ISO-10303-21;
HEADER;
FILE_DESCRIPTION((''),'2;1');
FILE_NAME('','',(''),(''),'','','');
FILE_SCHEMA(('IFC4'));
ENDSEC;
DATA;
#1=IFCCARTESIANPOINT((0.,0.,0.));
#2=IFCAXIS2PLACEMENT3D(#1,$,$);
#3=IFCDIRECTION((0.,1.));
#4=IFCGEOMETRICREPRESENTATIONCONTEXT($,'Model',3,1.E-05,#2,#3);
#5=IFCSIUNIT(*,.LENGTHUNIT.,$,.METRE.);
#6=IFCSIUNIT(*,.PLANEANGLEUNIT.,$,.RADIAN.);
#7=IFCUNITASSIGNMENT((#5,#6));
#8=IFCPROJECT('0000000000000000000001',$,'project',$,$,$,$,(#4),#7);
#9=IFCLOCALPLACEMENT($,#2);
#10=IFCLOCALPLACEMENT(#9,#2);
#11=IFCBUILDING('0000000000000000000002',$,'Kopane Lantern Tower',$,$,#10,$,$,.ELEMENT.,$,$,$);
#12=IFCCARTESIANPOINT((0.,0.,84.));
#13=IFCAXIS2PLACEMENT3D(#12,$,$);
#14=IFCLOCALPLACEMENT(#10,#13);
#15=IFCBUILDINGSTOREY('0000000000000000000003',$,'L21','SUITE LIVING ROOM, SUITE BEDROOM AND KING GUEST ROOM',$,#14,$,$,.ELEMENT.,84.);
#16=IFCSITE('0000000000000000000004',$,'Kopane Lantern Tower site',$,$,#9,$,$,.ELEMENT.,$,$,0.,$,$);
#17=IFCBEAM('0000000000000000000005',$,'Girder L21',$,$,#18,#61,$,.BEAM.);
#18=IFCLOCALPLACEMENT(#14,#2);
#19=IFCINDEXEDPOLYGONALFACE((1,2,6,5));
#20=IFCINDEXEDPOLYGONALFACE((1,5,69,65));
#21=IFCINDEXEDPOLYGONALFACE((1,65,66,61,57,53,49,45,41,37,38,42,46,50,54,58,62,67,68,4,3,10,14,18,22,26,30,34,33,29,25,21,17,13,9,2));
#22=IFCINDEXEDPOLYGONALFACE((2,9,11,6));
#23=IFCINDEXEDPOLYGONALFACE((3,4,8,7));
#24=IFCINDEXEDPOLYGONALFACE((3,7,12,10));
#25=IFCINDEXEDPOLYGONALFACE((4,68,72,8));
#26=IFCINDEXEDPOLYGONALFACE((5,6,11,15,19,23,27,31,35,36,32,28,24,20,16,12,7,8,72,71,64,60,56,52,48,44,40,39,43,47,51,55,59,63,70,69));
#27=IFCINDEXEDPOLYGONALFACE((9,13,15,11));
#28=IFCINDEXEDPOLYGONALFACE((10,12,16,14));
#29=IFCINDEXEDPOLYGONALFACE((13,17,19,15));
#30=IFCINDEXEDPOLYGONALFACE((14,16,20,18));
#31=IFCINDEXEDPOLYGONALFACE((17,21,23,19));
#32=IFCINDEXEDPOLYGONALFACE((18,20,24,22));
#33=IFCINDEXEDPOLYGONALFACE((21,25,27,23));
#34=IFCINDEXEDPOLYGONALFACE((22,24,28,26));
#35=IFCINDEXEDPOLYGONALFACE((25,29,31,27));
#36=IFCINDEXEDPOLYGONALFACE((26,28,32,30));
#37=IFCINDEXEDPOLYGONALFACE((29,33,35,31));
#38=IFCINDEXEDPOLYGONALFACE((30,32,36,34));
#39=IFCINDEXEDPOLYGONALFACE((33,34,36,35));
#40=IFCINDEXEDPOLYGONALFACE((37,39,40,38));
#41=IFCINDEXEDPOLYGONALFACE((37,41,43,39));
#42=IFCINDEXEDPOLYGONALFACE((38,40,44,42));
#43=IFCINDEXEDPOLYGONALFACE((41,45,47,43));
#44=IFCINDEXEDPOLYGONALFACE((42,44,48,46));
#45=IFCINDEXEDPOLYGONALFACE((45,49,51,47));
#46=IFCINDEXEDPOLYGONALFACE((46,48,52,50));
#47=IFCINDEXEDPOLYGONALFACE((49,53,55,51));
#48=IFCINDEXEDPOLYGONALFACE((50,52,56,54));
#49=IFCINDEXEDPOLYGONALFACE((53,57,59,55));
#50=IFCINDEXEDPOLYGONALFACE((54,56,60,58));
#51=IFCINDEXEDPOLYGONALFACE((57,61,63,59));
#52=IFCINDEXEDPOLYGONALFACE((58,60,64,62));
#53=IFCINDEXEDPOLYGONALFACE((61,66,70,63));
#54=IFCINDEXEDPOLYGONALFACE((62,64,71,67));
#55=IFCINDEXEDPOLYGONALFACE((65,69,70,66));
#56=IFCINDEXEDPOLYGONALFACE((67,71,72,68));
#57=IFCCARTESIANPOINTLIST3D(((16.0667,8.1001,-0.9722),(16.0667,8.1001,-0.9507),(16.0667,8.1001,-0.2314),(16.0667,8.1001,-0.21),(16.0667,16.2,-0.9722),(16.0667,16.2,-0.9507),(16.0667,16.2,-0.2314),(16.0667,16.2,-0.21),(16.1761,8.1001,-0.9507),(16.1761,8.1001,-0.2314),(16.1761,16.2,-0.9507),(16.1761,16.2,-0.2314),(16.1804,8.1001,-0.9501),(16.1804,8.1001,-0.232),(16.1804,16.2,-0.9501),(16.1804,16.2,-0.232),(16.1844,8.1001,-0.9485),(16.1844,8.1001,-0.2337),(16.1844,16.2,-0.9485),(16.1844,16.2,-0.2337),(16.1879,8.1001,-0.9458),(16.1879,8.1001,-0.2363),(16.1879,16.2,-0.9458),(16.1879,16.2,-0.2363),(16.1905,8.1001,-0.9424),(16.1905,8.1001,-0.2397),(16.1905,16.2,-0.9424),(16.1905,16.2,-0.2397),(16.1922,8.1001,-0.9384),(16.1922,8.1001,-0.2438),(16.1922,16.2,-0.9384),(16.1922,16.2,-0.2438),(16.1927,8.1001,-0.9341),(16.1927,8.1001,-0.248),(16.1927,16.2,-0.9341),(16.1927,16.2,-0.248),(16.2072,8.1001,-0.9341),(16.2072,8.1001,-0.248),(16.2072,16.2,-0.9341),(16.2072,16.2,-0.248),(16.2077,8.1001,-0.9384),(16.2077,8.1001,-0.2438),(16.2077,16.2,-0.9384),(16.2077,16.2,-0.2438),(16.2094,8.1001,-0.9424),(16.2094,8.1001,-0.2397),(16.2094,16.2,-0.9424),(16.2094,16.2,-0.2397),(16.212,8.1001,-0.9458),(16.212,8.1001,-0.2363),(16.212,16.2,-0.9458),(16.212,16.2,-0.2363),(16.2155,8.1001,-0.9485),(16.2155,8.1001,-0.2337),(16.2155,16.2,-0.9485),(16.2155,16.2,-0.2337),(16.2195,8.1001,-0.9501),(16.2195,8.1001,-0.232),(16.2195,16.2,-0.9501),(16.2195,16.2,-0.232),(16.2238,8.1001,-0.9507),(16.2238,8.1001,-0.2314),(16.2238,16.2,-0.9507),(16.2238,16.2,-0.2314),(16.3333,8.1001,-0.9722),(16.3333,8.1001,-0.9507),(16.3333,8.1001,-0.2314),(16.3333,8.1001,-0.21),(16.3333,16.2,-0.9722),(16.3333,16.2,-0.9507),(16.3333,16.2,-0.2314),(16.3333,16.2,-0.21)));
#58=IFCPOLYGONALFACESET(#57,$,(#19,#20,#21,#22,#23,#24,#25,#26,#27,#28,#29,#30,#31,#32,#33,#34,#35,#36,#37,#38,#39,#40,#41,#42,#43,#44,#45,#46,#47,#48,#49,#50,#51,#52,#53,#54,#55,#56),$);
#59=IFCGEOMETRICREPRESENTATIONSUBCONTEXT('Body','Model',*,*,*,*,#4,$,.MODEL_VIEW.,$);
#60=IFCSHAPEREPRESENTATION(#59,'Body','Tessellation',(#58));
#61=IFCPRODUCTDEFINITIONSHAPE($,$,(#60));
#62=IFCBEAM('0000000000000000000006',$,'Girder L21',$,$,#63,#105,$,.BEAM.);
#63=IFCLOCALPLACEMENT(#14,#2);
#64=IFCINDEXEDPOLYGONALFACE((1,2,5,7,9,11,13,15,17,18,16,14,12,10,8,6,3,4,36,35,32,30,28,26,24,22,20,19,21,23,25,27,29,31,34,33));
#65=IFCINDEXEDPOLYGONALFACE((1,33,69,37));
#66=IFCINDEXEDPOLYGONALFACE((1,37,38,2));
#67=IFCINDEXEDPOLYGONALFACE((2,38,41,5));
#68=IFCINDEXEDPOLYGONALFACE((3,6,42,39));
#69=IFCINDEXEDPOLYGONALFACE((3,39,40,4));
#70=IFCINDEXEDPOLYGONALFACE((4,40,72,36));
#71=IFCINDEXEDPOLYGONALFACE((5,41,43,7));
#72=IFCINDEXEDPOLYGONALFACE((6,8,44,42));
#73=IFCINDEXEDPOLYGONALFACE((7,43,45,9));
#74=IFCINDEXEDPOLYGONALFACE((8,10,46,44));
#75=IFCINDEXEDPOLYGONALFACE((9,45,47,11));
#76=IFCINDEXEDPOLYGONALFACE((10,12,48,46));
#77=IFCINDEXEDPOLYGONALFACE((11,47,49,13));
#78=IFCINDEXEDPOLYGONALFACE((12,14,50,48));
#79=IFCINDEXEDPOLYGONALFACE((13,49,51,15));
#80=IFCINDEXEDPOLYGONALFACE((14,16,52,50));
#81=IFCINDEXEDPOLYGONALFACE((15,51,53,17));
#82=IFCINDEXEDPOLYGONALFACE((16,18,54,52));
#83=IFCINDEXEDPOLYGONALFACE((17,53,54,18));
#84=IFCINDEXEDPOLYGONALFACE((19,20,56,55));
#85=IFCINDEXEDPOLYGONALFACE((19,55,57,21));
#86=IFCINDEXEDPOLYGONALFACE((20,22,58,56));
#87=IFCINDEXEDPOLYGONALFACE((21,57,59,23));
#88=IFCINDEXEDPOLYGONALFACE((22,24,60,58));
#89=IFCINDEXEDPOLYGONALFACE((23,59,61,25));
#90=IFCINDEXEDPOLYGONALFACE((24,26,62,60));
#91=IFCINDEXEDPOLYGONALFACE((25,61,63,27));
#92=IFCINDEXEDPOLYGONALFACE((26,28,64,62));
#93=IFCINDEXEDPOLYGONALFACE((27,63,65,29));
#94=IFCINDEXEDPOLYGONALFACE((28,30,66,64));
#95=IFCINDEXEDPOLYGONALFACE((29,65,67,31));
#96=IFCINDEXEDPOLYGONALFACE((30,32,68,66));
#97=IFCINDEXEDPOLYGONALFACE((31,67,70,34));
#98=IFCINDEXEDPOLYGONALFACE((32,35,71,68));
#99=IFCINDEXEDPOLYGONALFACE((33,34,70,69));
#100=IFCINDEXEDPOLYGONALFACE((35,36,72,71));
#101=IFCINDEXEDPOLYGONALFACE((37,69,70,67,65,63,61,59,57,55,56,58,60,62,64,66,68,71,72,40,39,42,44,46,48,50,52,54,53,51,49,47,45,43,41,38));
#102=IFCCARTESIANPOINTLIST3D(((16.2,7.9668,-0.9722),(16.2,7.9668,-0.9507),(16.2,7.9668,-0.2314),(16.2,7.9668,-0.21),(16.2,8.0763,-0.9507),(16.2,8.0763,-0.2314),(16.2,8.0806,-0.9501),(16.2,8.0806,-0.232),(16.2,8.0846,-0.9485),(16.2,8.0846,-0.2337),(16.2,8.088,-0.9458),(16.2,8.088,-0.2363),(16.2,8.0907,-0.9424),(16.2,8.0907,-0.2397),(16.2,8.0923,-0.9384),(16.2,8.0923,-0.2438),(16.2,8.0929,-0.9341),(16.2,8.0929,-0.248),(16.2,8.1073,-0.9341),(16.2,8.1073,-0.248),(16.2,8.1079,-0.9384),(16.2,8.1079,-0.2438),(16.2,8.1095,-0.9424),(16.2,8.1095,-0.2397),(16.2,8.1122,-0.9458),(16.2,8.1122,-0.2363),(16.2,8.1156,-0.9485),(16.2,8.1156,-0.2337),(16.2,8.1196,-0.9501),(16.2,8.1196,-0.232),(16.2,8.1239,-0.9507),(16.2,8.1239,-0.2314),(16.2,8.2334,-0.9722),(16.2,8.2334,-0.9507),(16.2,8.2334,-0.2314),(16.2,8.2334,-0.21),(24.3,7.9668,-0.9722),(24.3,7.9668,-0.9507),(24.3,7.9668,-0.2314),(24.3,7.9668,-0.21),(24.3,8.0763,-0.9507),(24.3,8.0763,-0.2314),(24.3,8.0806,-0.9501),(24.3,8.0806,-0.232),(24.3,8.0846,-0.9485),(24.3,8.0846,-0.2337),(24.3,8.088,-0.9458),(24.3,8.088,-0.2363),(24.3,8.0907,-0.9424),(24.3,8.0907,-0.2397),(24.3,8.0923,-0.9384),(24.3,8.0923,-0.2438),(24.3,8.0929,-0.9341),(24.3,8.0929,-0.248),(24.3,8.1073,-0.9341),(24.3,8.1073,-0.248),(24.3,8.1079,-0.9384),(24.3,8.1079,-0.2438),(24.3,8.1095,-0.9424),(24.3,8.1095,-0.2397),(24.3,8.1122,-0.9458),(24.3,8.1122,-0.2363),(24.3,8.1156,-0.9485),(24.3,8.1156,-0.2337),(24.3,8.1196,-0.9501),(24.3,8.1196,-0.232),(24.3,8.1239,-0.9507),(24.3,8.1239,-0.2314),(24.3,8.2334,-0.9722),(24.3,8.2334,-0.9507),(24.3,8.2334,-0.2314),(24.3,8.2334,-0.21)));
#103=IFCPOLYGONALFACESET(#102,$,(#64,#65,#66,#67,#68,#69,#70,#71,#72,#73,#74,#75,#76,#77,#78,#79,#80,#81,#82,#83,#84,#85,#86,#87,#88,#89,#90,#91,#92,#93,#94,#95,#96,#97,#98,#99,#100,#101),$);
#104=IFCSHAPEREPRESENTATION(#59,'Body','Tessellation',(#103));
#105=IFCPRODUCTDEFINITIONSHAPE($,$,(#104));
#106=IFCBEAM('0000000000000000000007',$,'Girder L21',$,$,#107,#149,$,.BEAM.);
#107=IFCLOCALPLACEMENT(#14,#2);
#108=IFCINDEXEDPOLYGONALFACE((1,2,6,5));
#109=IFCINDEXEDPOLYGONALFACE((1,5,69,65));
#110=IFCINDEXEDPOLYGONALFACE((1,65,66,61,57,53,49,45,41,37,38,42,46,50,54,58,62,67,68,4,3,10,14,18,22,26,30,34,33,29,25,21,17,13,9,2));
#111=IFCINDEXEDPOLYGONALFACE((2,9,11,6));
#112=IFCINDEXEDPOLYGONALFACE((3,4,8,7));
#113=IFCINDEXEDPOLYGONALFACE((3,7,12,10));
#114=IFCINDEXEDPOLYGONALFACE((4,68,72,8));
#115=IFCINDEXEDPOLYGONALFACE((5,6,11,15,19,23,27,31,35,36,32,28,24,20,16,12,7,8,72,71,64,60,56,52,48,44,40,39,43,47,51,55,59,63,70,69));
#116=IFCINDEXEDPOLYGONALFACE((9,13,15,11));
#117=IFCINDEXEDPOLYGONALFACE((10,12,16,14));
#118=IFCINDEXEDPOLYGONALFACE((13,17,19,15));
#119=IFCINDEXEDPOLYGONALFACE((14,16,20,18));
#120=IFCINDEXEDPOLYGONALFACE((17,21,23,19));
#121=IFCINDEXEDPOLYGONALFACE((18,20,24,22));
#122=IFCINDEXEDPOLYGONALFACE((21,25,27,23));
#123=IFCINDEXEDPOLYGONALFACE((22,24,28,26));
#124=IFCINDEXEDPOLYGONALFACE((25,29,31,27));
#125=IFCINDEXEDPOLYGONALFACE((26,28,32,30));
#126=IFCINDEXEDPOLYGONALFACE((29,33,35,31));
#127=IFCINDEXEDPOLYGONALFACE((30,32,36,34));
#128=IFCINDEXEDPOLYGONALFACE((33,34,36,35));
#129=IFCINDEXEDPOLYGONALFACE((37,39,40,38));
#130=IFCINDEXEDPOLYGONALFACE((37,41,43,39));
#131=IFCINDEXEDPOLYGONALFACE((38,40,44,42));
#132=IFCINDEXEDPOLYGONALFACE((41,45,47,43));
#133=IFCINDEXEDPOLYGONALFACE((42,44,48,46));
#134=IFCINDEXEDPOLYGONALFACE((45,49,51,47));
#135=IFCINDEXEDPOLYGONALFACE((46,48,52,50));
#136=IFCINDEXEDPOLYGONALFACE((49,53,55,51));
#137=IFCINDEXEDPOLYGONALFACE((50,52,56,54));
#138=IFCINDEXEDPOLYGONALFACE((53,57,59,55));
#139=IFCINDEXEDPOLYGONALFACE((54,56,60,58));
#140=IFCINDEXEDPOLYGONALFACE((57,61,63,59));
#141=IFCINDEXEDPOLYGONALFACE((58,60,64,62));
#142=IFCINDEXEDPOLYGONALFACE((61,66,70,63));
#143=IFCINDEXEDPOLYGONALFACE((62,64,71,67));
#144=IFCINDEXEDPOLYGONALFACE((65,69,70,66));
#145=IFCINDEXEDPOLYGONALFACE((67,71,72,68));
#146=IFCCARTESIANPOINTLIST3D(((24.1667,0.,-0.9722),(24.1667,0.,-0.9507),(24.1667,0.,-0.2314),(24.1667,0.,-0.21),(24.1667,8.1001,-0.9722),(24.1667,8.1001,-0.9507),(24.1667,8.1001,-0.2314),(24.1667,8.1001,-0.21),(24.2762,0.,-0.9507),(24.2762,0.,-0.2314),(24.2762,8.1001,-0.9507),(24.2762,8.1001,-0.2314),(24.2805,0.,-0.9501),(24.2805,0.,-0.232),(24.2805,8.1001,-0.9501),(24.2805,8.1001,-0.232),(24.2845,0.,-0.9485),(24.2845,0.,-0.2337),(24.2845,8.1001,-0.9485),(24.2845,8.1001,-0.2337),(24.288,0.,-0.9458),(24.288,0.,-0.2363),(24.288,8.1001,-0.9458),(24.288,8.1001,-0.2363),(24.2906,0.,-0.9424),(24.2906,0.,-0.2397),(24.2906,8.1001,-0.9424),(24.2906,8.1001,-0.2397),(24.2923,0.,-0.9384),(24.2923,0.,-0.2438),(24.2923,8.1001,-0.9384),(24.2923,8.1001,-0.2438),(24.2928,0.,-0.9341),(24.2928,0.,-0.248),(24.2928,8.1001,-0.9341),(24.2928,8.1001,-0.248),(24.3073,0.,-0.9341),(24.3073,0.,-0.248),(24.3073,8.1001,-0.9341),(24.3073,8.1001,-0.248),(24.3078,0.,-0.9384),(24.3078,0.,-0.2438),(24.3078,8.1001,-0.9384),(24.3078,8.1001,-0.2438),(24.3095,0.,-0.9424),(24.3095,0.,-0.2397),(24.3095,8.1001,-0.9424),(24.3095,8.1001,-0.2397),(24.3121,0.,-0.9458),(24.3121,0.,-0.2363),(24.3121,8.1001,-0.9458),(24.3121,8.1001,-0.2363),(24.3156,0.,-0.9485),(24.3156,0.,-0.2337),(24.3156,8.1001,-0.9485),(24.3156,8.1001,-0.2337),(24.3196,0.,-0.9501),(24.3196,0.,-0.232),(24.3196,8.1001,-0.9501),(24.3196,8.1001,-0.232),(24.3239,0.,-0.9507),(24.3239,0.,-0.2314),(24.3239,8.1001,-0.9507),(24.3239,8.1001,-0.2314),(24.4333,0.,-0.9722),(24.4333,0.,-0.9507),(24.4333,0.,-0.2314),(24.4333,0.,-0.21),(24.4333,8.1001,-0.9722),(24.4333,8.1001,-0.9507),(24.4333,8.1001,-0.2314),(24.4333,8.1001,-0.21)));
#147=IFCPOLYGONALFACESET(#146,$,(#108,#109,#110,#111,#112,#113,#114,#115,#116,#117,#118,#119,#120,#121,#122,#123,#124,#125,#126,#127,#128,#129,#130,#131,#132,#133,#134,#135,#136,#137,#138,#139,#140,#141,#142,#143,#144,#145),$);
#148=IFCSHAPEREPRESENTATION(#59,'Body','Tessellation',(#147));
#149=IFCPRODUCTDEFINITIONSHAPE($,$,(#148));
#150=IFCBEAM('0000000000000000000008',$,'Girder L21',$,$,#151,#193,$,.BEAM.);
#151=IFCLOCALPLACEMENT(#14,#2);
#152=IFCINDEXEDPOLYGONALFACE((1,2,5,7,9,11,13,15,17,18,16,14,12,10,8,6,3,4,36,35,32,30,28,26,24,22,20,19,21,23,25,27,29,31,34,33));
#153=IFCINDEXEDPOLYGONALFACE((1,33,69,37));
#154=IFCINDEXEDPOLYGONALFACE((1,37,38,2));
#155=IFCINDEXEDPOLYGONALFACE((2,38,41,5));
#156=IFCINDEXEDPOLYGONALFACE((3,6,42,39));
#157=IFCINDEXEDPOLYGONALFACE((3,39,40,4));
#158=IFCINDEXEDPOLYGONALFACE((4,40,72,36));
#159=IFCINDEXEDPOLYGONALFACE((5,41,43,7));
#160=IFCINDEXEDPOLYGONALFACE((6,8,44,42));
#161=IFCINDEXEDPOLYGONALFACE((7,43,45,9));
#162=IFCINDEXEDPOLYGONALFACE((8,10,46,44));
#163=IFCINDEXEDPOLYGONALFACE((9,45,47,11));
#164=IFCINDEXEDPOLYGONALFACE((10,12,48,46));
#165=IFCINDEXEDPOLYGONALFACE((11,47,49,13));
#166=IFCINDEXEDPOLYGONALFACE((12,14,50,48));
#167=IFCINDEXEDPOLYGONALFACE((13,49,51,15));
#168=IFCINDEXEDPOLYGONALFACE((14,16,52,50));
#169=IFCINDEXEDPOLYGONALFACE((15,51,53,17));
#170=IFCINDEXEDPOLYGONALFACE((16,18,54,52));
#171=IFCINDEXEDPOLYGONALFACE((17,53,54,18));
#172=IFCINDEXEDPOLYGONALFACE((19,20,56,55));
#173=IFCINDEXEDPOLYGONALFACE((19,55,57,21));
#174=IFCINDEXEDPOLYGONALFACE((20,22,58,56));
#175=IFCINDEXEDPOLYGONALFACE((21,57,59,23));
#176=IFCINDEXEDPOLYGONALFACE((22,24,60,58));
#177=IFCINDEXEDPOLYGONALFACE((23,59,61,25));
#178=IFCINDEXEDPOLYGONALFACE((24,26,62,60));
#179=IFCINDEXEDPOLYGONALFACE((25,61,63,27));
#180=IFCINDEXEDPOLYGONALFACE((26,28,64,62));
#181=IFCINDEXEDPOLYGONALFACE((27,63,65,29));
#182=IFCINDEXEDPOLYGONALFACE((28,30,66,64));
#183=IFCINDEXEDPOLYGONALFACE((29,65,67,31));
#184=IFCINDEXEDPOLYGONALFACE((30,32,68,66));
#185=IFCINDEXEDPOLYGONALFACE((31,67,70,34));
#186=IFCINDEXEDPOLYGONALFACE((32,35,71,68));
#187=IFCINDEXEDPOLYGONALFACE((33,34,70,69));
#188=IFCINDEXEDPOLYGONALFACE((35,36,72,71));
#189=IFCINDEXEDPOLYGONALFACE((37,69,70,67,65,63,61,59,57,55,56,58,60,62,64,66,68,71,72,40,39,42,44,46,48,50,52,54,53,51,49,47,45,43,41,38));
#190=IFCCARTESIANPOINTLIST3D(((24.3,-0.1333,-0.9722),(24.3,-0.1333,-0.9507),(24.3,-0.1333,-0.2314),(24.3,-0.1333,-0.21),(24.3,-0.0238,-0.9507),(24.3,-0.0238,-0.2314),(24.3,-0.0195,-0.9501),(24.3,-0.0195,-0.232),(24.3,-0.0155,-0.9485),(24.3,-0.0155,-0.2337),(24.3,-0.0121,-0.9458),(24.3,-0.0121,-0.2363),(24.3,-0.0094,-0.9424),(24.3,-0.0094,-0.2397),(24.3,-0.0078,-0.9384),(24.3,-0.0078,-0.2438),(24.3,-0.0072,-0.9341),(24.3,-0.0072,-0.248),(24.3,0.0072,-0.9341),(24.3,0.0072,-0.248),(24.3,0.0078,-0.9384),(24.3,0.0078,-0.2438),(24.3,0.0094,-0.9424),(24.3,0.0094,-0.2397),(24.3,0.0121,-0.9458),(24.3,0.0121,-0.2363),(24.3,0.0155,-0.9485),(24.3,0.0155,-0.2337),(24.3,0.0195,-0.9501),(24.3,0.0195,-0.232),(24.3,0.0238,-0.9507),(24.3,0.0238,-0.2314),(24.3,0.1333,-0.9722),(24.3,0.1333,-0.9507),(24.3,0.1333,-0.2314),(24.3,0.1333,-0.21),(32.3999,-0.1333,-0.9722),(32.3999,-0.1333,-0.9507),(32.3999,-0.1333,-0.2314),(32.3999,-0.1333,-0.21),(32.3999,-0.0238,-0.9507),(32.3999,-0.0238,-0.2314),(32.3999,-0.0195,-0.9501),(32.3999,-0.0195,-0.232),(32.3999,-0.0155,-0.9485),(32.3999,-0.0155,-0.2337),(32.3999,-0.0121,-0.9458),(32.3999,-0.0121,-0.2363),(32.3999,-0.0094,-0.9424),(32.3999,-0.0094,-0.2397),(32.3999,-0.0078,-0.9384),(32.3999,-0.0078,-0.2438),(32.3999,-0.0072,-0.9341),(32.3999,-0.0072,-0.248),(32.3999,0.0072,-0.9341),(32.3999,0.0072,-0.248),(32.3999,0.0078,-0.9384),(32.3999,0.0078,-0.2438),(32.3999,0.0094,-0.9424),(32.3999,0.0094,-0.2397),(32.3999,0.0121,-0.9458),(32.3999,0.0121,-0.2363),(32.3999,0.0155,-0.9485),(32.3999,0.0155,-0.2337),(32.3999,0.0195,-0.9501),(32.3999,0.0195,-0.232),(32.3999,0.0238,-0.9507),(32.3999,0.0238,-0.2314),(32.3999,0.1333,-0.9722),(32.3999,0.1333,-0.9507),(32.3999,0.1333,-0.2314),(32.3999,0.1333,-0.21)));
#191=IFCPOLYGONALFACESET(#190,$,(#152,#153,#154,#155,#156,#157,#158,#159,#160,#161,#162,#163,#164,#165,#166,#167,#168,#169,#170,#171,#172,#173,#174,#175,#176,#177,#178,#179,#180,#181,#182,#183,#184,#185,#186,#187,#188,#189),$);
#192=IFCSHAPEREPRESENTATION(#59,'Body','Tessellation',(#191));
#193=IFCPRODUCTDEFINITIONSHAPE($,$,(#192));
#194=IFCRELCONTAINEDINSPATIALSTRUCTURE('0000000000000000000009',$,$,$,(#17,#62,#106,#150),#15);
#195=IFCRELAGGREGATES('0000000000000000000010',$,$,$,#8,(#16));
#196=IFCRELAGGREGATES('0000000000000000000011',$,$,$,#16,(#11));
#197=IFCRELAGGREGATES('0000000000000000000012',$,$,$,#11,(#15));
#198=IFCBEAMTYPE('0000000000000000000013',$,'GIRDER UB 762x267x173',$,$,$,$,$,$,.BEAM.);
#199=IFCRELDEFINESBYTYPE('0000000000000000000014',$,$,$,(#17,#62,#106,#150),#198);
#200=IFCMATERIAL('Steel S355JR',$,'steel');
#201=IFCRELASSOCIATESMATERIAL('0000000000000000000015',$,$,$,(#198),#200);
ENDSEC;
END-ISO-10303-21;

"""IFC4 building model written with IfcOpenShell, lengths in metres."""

from ifc_helpers import new_model, si_unit, direction, frame, origin, origin_2d, place, context, subcontext, project, spatial, i_section, extrude, material, material_profile, profile_set, type_object, element, save


model = new_model("IFC4")

# Units and contexts
model_context = context("Model", 3, precision=1e-05, world=origin(), true_north=direction((0.0, 1.0)))
body_context = subcontext(model_context, "Body", "Model", "MODEL_VIEW")
ifc_project = project(units=[si_unit("LENGTHUNIT", "METRE"), si_unit("PLANEANGLEUNIT", "RADIAN")], contexts=[model_context])

# Site, building, storey
site_placement = place(None, origin())
site = spatial("IfcSite", under=ifc_project, at=site_placement, Name="Kopane Lantern Tower site", CompositionType="ELEMENT", RefElevation=0.0)
building_placement = place(site_placement, origin())
building = spatial("IfcBuilding", under=site, at=building_placement, Name="Kopane Lantern Tower", CompositionType="ELEMENT")
storey_placement = place(building_placement, frame((0.0, 0.0, 84.0)))
storey = spatial("IfcBuildingStorey", under=building, at=storey_placement, Name="L21", Description="SUITE LIVING ROOM, SUITE BEDROOM AND KING GUEST ROOM", CompositionType="ELEMENT", Elevation=84.0)

# Beams
ifc_material_1 = material(Name="Steel S355JR", Category="steel")
ifc_material_profile_1 = material_profile(ifc_material_1, i_section(OverallWidth=0.2666, OverallDepth=0.7622, WebThickness=0.0144, FlangeThickness=0.0215, FilletRadius=0.0166, at=origin_2d()), Name="UB 762x267x173")
ifc_profile_set_1 = profile_set([ifc_material_profile_1], Name="Steel S355JR")
beam_type = type_object("IfcBeamType", Name="GIRDER UB 762x267x173", PredefinedType="BEAM", material=ifc_profile_set_1)
beam_placement = place(storey_placement, frame((16.2, 8.1001, -0.5911), z_axis=(0.0, 1.0, 0.0), x_axis=(-1.0, 0.0, 0.0)))
element("IfcBeam", 1, at=beam_placement, inside=storey, type_object=beam_type, Name="Girder L21", PredefinedType="BEAM", context=body_context, shape_type="SweptSolid", body=[
    extrude(i_section(OverallWidth=0.2666, OverallDepth=0.7622, WebThickness=0.0144, FlangeThickness=0.0215, FilletRadius=0.0166, at=origin_2d()), origin(), (0.0, 0.0, 1.0), 8.0999),
])
for number, where, z_axis, x_axis, name in (
    (2, (16.2, 8.1001, -0.5911), (1.0, 0.0, 0.0), (0.0, 1.0, 0.0), "Girder L21"),
    (3, (24.3, 0.0, -0.5911), (0.0, 1.0, 0.0), (-1.0, 0.0, 0.0), "Girder L21"),
):
    element("IfcBeam", number, at=place(storey_placement, frame(where, z_axis=z_axis, x_axis=x_axis)), inside=storey, type_object=beam_type, Name=name, PredefinedType="BEAM", context=body_context, shape_type="SweptSolid", body=[
        extrude(i_section(OverallWidth=0.2666, OverallDepth=0.7622, WebThickness=0.0144, FlangeThickness=0.0215, FilletRadius=0.0166, at=origin_2d()), origin(), (0.0, 0.0, 1.0), 8.1001),
    ])
for number, where, z_axis, x_axis, name in (
    (4, (24.3, 0.0, -0.5911), (1.0, 0.0, 0.0), (0.0, 1.0, 0.0), "Girder L21"),
):
    element("IfcBeam", number, at=place(storey_placement, frame(where, z_axis=z_axis, x_axis=x_axis)), inside=storey, type_object=beam_type, Name=name, PredefinedType="BEAM", context=body_context, shape_type="SweptSolid", body=[
        extrude(i_section(OverallWidth=0.2666, OverallDepth=0.7622, WebThickness=0.0144, FlangeThickness=0.0215, FilletRadius=0.0166, at=origin_2d()), origin(), (0.0, 0.0, 1.0), 8.0999),
    ])

save(model, "model.ifc")
